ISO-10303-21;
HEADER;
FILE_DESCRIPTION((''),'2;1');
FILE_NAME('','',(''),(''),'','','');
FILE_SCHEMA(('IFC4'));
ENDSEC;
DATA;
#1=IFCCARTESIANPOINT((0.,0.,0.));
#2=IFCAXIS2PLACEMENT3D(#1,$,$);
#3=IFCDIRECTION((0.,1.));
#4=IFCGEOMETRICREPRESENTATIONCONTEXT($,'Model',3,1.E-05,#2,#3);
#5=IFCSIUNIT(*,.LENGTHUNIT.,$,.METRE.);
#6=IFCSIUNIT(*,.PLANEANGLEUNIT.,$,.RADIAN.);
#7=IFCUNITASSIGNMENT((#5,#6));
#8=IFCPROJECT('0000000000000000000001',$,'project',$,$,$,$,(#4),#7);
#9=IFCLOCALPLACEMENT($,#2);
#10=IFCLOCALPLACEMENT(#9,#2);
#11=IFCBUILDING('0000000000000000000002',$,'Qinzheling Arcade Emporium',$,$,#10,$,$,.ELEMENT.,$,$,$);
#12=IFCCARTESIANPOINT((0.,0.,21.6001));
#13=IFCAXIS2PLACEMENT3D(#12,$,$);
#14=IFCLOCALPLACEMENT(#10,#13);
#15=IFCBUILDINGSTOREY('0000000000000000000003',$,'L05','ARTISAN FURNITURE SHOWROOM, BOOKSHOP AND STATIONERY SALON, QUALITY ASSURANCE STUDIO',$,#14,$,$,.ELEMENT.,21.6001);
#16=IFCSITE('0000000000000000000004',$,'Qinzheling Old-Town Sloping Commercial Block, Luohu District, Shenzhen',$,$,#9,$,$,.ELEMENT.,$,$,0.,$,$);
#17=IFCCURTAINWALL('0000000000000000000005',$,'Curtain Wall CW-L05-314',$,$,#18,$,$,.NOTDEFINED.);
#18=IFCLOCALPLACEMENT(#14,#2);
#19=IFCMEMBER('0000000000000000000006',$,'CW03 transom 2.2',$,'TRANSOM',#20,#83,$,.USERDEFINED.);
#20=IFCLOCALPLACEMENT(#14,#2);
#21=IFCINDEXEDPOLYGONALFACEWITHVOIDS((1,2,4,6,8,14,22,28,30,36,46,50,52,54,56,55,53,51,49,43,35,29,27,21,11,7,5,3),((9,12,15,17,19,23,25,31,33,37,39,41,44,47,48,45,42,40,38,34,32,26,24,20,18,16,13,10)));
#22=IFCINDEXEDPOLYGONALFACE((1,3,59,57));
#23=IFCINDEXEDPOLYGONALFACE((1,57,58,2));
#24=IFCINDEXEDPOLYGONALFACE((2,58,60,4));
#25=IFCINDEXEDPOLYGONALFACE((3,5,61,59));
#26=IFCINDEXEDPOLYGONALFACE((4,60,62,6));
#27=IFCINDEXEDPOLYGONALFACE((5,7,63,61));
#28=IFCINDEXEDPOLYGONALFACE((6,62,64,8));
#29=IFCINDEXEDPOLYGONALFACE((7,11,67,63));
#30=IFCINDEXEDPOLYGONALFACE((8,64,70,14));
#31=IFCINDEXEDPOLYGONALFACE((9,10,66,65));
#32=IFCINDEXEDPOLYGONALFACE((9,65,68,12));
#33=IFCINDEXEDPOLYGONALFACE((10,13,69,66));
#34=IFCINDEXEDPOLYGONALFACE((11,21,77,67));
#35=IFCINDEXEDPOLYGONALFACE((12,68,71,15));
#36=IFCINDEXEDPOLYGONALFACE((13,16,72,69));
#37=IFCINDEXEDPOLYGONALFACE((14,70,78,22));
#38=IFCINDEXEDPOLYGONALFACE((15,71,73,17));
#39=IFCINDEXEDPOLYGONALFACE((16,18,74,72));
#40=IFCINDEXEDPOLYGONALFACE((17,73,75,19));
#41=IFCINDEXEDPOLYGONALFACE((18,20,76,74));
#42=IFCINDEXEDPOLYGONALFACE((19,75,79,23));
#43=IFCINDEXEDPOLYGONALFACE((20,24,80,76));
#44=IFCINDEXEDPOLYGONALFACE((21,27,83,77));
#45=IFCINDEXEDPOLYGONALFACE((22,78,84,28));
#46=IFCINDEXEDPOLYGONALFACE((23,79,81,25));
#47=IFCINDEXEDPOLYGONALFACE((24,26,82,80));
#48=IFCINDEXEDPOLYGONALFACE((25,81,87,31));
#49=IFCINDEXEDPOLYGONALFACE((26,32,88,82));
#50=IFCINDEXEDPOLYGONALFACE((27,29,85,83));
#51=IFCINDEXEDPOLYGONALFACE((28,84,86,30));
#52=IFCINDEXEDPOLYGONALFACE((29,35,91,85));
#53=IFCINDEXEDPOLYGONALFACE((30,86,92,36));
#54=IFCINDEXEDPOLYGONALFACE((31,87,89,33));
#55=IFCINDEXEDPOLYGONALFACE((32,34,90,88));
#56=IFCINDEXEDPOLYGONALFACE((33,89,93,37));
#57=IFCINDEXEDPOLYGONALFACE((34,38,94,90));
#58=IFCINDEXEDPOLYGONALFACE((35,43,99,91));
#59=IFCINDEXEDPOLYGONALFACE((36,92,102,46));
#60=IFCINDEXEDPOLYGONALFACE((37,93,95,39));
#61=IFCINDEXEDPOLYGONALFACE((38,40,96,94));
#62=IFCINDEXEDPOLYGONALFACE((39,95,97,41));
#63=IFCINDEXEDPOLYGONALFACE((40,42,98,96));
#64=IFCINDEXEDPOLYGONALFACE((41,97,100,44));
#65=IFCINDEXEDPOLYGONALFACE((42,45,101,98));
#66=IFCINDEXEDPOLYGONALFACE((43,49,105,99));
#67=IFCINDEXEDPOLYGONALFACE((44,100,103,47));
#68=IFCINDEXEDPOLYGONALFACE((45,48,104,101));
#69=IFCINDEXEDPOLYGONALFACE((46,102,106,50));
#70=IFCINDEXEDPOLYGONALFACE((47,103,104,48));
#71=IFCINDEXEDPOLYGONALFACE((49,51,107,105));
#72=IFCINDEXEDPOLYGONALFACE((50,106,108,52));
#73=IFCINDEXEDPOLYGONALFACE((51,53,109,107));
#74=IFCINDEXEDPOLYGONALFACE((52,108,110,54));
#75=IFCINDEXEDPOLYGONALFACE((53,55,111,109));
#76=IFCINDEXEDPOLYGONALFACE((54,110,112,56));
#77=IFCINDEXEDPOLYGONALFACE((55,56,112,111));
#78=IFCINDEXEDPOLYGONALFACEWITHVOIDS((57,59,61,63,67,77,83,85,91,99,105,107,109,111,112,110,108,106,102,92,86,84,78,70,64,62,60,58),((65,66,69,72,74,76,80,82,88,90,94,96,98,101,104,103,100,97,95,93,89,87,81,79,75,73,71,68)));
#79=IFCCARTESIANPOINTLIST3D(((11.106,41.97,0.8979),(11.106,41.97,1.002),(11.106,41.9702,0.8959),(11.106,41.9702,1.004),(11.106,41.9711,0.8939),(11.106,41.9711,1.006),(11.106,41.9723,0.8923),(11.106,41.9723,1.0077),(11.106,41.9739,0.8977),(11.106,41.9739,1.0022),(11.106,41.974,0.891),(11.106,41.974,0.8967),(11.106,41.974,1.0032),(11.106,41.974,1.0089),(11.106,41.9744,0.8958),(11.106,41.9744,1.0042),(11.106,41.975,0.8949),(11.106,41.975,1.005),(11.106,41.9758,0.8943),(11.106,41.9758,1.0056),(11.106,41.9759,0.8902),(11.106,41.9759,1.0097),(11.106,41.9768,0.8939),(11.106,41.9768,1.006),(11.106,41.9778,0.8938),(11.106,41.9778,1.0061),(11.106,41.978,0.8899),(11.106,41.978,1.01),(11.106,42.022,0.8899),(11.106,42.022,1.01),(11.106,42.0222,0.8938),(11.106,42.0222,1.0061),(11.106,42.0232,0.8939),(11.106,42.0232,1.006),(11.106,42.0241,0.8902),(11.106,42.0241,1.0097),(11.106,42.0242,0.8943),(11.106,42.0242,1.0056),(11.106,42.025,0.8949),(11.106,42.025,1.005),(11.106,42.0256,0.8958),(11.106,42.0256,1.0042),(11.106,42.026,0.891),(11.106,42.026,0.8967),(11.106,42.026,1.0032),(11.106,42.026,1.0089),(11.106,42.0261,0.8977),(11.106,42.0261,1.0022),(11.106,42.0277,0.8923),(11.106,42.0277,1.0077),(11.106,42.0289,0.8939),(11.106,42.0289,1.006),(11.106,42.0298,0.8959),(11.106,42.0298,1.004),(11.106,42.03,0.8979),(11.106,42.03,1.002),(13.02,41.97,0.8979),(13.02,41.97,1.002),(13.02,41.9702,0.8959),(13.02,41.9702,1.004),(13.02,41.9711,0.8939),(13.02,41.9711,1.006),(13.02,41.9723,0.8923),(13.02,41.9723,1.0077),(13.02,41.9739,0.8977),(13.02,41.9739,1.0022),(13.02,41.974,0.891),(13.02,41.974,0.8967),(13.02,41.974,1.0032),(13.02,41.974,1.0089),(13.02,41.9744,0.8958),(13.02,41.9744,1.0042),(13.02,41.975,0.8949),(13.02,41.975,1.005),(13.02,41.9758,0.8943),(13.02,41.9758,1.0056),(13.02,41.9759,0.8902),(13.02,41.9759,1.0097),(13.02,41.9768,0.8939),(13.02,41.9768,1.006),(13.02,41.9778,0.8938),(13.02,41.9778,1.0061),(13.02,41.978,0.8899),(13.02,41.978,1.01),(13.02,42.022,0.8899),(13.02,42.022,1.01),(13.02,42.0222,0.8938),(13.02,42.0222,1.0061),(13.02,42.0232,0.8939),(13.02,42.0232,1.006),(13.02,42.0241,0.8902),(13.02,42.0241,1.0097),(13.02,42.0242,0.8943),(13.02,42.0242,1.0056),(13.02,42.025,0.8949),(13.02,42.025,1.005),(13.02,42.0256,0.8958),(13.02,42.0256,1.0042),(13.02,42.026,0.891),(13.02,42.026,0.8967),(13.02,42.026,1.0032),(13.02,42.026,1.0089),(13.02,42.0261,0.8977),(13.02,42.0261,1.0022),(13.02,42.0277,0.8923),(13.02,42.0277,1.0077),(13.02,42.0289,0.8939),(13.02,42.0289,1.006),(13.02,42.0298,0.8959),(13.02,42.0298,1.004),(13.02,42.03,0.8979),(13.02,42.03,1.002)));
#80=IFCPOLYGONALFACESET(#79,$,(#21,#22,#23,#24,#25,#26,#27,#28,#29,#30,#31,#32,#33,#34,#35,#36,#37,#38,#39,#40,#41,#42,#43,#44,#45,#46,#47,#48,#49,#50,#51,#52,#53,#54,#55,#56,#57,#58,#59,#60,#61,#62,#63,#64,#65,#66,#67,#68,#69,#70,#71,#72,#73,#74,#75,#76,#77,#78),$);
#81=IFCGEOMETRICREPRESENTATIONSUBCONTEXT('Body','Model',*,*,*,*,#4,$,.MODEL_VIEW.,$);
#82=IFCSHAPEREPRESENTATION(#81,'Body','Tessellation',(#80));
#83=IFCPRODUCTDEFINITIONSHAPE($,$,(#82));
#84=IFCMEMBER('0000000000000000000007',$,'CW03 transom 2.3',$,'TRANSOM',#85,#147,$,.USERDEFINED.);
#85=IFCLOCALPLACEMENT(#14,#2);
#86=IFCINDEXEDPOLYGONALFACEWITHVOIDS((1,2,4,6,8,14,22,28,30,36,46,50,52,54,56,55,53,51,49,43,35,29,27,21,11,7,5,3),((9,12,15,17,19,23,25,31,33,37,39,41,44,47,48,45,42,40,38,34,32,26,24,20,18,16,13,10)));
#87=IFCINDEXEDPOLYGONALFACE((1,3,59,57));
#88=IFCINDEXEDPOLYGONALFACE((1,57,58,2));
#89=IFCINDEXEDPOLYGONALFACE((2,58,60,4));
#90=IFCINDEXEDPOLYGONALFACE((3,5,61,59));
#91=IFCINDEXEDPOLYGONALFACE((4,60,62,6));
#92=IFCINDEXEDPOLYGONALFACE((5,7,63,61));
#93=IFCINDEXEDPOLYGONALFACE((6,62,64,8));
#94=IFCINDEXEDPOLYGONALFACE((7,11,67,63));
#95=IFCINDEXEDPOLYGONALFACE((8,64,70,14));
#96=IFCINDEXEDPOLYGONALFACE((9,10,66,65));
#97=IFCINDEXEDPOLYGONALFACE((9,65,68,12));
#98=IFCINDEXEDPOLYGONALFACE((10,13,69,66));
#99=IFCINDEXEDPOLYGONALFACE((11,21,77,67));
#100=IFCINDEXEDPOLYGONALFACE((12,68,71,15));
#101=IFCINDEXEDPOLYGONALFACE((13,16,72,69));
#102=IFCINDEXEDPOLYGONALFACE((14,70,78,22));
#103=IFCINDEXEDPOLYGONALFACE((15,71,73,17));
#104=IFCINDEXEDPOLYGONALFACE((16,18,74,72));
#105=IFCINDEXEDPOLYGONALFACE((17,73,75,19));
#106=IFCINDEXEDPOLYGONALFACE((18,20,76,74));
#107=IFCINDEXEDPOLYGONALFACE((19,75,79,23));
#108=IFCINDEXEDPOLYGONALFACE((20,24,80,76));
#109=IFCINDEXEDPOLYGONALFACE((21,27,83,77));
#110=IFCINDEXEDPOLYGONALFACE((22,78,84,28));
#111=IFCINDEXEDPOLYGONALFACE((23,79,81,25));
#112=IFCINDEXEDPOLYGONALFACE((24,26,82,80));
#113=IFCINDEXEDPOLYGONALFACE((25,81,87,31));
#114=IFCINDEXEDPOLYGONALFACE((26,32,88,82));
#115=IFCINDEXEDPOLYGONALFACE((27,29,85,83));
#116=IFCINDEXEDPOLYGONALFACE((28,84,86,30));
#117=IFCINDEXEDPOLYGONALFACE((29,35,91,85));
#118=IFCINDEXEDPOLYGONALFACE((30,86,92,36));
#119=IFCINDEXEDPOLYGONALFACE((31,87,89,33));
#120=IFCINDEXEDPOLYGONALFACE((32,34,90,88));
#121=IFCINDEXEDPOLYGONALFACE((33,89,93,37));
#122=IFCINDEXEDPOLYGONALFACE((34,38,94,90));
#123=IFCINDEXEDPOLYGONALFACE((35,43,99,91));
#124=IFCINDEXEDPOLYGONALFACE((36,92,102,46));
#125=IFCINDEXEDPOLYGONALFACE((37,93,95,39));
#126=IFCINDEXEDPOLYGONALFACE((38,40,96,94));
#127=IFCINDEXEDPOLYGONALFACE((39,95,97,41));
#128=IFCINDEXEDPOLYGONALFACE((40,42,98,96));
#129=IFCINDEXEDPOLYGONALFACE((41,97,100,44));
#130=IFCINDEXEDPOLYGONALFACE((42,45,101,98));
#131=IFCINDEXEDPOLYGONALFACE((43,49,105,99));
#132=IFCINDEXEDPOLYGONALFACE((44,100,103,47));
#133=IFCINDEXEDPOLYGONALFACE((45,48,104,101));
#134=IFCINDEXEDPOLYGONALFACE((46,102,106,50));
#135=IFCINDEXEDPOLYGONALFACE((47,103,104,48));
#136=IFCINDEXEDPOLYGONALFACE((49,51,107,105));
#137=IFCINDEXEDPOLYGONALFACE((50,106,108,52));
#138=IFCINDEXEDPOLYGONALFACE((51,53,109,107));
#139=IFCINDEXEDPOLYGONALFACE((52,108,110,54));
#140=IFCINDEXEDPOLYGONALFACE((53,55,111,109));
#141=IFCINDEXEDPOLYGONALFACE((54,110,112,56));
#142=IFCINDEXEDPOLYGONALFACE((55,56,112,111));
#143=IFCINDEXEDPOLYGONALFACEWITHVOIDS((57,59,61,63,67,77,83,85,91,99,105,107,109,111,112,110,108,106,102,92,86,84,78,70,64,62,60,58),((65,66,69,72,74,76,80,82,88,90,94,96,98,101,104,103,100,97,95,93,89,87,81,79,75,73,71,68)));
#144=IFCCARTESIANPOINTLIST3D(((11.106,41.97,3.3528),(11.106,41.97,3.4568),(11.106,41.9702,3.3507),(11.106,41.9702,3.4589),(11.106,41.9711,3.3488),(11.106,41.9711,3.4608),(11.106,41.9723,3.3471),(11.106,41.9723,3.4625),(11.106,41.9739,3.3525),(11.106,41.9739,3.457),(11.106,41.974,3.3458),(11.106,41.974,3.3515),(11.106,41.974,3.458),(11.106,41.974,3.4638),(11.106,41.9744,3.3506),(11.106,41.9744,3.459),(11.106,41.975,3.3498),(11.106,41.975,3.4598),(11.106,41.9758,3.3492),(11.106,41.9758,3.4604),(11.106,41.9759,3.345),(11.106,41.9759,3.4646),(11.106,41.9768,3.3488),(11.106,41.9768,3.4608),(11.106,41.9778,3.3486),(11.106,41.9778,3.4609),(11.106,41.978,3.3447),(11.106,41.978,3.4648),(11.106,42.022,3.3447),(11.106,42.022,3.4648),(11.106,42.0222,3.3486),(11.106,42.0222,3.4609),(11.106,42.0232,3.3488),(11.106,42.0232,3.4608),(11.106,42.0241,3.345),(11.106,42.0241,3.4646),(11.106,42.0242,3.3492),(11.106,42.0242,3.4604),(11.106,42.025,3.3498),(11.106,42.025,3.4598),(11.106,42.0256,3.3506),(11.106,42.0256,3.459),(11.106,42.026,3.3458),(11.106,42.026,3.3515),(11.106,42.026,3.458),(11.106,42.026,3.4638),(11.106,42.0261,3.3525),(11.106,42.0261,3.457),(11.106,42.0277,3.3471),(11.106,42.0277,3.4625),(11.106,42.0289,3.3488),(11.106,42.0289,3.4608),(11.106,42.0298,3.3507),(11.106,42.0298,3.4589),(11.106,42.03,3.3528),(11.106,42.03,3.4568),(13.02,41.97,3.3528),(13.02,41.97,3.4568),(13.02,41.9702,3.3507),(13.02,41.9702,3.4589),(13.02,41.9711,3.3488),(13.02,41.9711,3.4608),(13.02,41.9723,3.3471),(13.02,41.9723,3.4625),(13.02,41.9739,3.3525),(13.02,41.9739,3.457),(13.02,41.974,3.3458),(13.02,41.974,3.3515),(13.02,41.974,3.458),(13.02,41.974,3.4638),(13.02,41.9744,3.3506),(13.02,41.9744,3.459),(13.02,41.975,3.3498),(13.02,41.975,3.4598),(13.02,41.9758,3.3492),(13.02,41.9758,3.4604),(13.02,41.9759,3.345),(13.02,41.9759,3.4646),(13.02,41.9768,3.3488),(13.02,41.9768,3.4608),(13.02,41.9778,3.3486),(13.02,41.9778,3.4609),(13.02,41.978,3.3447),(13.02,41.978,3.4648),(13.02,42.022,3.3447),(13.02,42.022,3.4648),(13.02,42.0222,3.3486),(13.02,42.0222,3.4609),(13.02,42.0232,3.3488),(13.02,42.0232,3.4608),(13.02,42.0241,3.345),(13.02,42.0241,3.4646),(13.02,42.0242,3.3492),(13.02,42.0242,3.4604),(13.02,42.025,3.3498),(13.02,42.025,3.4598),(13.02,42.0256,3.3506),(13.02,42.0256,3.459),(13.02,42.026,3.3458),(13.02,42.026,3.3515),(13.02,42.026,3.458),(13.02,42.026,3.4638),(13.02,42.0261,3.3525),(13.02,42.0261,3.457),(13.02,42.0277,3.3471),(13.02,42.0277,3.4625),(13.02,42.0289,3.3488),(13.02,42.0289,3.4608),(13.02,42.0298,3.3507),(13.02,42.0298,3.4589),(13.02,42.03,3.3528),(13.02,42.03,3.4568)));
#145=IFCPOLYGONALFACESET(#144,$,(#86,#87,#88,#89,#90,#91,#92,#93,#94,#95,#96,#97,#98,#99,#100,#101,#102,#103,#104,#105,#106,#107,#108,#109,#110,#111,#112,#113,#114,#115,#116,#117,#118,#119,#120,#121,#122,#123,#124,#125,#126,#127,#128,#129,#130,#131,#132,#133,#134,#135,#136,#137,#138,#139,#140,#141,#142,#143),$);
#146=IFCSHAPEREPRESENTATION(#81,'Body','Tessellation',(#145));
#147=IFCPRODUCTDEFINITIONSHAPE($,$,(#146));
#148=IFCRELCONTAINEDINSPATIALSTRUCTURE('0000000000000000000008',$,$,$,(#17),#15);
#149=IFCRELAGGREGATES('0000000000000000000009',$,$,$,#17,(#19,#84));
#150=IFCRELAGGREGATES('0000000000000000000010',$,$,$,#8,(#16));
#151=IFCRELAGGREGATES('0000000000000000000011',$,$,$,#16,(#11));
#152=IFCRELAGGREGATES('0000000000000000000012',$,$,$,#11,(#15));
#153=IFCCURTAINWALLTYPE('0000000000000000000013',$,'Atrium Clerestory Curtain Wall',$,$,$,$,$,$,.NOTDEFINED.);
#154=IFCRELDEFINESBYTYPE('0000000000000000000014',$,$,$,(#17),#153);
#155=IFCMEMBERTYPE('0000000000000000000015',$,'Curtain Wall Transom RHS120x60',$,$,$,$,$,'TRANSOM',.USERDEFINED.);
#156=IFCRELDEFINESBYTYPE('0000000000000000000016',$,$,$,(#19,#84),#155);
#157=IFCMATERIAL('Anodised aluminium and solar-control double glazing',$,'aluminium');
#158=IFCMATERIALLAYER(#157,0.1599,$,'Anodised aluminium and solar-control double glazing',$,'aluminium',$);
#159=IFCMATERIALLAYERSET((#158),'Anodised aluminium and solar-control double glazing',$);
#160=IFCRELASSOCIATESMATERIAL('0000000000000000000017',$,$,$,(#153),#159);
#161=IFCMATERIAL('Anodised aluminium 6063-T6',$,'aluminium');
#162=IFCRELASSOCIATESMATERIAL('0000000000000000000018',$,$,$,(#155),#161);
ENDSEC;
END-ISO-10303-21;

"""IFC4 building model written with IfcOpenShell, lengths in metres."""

from ifc_helpers import new_model, si_unit, direction, frame, origin, origin_2d, place, context, subcontext, project, spatial, hollow_rectangle, extrude, material, layer, layer_set, material_profile, profile_set, type_object, element, aggregate, save


model = new_model("IFC4")

# Units and contexts
model_context = context("Model", 3, precision=1e-05, world=origin(), true_north=direction((0.0, 1.0)))
body_context = subcontext(model_context, "Body", "Model", "MODEL_VIEW")
ifc_project = project(units=[si_unit("LENGTHUNIT", "METRE"), si_unit("PLANEANGLEUNIT", "RADIAN")], contexts=[model_context])

# Site, building, storey
site_placement = place(None, origin())
site = spatial("IfcSite", under=ifc_project, at=site_placement, Name="Qinzheling Old-Town Sloping Commercial Block, Luohu District, Shenzhen", CompositionType="ELEMENT", RefElevation=0.0)
building_placement = place(site_placement, origin())
building = spatial("IfcBuilding", under=site, at=building_placement, Name="Qinzheling Arcade Emporium", CompositionType="ELEMENT")
storey_placement = place(building_placement, frame((0.0, 0.0, 21.6001)))
storey = spatial("IfcBuildingStorey", under=building, at=storey_placement, Name="L05", Description="ARTISAN FURNITURE SHOWROOM, BOOKSHOP AND STATIONERY SALON, QUALITY ASSURANCE STUDIO", CompositionType="ELEMENT", Elevation=21.6001)

# Shared definitions
ifc_material_1 = material(Name="Anodised aluminium and solar-control double glazing", Category="aluminium")
ifc_material_2 = material(Name="Anodised aluminium 6063-T6", Category="aluminium")

# Curtain wall
ifc_layer_1 = layer(ifc_material_1, 0.1599, Name="Anodised aluminium and solar-control double glazing", Category="aluminium")
ifc_layer_set_1 = layer_set([ifc_layer_1], Name="Anodised aluminium and solar-control double glazing")
curtain_wall_type_1 = type_object("IfcCurtainWallType", Name="Atrium Clerestory Curtain Wall", PredefinedType="NOTDEFINED", material=ifc_layer_set_1)
curtain_wall_1_placement = place(storey_placement, origin())
curtain_wall_1 = element("IfcCurtainWall", 1, at=curtain_wall_1_placement, inside=storey, type_object=curtain_wall_type_1, Name="Curtain Wall CW-L05-314", PredefinedType="NOTDEFINED")

# Members
ifc_material_profile_1 = material_profile(ifc_material_2, hollow_rectangle(XDim=0.0601, YDim=0.1201, WallThickness=0.0039, InnerFilletRadius=0.0039, OuterFilletRadius=0.0081, at=origin_2d()), Name="RHS 120x60x4", Category="aluminium")
ifc_profile_set_1 = profile_set([ifc_material_profile_1], Name="Anodised aluminium 6063-T6")
member_type_1 = type_object("IfcMemberType", Name="Curtain Wall Transom RHS120x60", ElementType="TRANSOM", PredefinedType="USERDEFINED", material=ifc_profile_set_1)
member_1_placement = place(storey_placement, frame((11.106, 42.0, 0.95), z_axis=(1.0, 0.0, 0.0), x_axis=(0.0, 1.0, 0.0)))
member_1 = element("IfcMember", 2, at=member_1_placement, type_object=member_type_1, Name="CW03 transom 2.2", ObjectType="TRANSOM", PredefinedType="USERDEFINED", context=body_context, shape_type="SweptSolid", body=[
    extrude(hollow_rectangle(XDim=0.0601, YDim=0.1201, WallThickness=0.0039, InnerFilletRadius=0.0039, OuterFilletRadius=0.0081, at=origin_2d()), origin(), (0.0, 0.0, 1.0), 1.9141),
])
member_2_placement = place(storey_placement, frame((11.106, 42.0, 3.4048), z_axis=(1.0, 0.0, 0.0), x_axis=(0.0, 1.0, 0.0)))
member_2 = element("IfcMember", 3, at=member_2_placement, type_object=member_type_1, Name="CW03 transom 2.3", ObjectType="TRANSOM", PredefinedType="USERDEFINED", context=body_context, shape_type="SweptSolid", body=[
    extrude(hollow_rectangle(XDim=0.0601, YDim=0.1201, WallThickness=0.0039, InnerFilletRadius=0.0039, OuterFilletRadius=0.0081, at=origin_2d()), origin(), (0.0, 0.0, 1.0), 1.9141),
])

aggregate(curtain_wall_1, [member_1, member_2])

save(model, "model.ifc")
